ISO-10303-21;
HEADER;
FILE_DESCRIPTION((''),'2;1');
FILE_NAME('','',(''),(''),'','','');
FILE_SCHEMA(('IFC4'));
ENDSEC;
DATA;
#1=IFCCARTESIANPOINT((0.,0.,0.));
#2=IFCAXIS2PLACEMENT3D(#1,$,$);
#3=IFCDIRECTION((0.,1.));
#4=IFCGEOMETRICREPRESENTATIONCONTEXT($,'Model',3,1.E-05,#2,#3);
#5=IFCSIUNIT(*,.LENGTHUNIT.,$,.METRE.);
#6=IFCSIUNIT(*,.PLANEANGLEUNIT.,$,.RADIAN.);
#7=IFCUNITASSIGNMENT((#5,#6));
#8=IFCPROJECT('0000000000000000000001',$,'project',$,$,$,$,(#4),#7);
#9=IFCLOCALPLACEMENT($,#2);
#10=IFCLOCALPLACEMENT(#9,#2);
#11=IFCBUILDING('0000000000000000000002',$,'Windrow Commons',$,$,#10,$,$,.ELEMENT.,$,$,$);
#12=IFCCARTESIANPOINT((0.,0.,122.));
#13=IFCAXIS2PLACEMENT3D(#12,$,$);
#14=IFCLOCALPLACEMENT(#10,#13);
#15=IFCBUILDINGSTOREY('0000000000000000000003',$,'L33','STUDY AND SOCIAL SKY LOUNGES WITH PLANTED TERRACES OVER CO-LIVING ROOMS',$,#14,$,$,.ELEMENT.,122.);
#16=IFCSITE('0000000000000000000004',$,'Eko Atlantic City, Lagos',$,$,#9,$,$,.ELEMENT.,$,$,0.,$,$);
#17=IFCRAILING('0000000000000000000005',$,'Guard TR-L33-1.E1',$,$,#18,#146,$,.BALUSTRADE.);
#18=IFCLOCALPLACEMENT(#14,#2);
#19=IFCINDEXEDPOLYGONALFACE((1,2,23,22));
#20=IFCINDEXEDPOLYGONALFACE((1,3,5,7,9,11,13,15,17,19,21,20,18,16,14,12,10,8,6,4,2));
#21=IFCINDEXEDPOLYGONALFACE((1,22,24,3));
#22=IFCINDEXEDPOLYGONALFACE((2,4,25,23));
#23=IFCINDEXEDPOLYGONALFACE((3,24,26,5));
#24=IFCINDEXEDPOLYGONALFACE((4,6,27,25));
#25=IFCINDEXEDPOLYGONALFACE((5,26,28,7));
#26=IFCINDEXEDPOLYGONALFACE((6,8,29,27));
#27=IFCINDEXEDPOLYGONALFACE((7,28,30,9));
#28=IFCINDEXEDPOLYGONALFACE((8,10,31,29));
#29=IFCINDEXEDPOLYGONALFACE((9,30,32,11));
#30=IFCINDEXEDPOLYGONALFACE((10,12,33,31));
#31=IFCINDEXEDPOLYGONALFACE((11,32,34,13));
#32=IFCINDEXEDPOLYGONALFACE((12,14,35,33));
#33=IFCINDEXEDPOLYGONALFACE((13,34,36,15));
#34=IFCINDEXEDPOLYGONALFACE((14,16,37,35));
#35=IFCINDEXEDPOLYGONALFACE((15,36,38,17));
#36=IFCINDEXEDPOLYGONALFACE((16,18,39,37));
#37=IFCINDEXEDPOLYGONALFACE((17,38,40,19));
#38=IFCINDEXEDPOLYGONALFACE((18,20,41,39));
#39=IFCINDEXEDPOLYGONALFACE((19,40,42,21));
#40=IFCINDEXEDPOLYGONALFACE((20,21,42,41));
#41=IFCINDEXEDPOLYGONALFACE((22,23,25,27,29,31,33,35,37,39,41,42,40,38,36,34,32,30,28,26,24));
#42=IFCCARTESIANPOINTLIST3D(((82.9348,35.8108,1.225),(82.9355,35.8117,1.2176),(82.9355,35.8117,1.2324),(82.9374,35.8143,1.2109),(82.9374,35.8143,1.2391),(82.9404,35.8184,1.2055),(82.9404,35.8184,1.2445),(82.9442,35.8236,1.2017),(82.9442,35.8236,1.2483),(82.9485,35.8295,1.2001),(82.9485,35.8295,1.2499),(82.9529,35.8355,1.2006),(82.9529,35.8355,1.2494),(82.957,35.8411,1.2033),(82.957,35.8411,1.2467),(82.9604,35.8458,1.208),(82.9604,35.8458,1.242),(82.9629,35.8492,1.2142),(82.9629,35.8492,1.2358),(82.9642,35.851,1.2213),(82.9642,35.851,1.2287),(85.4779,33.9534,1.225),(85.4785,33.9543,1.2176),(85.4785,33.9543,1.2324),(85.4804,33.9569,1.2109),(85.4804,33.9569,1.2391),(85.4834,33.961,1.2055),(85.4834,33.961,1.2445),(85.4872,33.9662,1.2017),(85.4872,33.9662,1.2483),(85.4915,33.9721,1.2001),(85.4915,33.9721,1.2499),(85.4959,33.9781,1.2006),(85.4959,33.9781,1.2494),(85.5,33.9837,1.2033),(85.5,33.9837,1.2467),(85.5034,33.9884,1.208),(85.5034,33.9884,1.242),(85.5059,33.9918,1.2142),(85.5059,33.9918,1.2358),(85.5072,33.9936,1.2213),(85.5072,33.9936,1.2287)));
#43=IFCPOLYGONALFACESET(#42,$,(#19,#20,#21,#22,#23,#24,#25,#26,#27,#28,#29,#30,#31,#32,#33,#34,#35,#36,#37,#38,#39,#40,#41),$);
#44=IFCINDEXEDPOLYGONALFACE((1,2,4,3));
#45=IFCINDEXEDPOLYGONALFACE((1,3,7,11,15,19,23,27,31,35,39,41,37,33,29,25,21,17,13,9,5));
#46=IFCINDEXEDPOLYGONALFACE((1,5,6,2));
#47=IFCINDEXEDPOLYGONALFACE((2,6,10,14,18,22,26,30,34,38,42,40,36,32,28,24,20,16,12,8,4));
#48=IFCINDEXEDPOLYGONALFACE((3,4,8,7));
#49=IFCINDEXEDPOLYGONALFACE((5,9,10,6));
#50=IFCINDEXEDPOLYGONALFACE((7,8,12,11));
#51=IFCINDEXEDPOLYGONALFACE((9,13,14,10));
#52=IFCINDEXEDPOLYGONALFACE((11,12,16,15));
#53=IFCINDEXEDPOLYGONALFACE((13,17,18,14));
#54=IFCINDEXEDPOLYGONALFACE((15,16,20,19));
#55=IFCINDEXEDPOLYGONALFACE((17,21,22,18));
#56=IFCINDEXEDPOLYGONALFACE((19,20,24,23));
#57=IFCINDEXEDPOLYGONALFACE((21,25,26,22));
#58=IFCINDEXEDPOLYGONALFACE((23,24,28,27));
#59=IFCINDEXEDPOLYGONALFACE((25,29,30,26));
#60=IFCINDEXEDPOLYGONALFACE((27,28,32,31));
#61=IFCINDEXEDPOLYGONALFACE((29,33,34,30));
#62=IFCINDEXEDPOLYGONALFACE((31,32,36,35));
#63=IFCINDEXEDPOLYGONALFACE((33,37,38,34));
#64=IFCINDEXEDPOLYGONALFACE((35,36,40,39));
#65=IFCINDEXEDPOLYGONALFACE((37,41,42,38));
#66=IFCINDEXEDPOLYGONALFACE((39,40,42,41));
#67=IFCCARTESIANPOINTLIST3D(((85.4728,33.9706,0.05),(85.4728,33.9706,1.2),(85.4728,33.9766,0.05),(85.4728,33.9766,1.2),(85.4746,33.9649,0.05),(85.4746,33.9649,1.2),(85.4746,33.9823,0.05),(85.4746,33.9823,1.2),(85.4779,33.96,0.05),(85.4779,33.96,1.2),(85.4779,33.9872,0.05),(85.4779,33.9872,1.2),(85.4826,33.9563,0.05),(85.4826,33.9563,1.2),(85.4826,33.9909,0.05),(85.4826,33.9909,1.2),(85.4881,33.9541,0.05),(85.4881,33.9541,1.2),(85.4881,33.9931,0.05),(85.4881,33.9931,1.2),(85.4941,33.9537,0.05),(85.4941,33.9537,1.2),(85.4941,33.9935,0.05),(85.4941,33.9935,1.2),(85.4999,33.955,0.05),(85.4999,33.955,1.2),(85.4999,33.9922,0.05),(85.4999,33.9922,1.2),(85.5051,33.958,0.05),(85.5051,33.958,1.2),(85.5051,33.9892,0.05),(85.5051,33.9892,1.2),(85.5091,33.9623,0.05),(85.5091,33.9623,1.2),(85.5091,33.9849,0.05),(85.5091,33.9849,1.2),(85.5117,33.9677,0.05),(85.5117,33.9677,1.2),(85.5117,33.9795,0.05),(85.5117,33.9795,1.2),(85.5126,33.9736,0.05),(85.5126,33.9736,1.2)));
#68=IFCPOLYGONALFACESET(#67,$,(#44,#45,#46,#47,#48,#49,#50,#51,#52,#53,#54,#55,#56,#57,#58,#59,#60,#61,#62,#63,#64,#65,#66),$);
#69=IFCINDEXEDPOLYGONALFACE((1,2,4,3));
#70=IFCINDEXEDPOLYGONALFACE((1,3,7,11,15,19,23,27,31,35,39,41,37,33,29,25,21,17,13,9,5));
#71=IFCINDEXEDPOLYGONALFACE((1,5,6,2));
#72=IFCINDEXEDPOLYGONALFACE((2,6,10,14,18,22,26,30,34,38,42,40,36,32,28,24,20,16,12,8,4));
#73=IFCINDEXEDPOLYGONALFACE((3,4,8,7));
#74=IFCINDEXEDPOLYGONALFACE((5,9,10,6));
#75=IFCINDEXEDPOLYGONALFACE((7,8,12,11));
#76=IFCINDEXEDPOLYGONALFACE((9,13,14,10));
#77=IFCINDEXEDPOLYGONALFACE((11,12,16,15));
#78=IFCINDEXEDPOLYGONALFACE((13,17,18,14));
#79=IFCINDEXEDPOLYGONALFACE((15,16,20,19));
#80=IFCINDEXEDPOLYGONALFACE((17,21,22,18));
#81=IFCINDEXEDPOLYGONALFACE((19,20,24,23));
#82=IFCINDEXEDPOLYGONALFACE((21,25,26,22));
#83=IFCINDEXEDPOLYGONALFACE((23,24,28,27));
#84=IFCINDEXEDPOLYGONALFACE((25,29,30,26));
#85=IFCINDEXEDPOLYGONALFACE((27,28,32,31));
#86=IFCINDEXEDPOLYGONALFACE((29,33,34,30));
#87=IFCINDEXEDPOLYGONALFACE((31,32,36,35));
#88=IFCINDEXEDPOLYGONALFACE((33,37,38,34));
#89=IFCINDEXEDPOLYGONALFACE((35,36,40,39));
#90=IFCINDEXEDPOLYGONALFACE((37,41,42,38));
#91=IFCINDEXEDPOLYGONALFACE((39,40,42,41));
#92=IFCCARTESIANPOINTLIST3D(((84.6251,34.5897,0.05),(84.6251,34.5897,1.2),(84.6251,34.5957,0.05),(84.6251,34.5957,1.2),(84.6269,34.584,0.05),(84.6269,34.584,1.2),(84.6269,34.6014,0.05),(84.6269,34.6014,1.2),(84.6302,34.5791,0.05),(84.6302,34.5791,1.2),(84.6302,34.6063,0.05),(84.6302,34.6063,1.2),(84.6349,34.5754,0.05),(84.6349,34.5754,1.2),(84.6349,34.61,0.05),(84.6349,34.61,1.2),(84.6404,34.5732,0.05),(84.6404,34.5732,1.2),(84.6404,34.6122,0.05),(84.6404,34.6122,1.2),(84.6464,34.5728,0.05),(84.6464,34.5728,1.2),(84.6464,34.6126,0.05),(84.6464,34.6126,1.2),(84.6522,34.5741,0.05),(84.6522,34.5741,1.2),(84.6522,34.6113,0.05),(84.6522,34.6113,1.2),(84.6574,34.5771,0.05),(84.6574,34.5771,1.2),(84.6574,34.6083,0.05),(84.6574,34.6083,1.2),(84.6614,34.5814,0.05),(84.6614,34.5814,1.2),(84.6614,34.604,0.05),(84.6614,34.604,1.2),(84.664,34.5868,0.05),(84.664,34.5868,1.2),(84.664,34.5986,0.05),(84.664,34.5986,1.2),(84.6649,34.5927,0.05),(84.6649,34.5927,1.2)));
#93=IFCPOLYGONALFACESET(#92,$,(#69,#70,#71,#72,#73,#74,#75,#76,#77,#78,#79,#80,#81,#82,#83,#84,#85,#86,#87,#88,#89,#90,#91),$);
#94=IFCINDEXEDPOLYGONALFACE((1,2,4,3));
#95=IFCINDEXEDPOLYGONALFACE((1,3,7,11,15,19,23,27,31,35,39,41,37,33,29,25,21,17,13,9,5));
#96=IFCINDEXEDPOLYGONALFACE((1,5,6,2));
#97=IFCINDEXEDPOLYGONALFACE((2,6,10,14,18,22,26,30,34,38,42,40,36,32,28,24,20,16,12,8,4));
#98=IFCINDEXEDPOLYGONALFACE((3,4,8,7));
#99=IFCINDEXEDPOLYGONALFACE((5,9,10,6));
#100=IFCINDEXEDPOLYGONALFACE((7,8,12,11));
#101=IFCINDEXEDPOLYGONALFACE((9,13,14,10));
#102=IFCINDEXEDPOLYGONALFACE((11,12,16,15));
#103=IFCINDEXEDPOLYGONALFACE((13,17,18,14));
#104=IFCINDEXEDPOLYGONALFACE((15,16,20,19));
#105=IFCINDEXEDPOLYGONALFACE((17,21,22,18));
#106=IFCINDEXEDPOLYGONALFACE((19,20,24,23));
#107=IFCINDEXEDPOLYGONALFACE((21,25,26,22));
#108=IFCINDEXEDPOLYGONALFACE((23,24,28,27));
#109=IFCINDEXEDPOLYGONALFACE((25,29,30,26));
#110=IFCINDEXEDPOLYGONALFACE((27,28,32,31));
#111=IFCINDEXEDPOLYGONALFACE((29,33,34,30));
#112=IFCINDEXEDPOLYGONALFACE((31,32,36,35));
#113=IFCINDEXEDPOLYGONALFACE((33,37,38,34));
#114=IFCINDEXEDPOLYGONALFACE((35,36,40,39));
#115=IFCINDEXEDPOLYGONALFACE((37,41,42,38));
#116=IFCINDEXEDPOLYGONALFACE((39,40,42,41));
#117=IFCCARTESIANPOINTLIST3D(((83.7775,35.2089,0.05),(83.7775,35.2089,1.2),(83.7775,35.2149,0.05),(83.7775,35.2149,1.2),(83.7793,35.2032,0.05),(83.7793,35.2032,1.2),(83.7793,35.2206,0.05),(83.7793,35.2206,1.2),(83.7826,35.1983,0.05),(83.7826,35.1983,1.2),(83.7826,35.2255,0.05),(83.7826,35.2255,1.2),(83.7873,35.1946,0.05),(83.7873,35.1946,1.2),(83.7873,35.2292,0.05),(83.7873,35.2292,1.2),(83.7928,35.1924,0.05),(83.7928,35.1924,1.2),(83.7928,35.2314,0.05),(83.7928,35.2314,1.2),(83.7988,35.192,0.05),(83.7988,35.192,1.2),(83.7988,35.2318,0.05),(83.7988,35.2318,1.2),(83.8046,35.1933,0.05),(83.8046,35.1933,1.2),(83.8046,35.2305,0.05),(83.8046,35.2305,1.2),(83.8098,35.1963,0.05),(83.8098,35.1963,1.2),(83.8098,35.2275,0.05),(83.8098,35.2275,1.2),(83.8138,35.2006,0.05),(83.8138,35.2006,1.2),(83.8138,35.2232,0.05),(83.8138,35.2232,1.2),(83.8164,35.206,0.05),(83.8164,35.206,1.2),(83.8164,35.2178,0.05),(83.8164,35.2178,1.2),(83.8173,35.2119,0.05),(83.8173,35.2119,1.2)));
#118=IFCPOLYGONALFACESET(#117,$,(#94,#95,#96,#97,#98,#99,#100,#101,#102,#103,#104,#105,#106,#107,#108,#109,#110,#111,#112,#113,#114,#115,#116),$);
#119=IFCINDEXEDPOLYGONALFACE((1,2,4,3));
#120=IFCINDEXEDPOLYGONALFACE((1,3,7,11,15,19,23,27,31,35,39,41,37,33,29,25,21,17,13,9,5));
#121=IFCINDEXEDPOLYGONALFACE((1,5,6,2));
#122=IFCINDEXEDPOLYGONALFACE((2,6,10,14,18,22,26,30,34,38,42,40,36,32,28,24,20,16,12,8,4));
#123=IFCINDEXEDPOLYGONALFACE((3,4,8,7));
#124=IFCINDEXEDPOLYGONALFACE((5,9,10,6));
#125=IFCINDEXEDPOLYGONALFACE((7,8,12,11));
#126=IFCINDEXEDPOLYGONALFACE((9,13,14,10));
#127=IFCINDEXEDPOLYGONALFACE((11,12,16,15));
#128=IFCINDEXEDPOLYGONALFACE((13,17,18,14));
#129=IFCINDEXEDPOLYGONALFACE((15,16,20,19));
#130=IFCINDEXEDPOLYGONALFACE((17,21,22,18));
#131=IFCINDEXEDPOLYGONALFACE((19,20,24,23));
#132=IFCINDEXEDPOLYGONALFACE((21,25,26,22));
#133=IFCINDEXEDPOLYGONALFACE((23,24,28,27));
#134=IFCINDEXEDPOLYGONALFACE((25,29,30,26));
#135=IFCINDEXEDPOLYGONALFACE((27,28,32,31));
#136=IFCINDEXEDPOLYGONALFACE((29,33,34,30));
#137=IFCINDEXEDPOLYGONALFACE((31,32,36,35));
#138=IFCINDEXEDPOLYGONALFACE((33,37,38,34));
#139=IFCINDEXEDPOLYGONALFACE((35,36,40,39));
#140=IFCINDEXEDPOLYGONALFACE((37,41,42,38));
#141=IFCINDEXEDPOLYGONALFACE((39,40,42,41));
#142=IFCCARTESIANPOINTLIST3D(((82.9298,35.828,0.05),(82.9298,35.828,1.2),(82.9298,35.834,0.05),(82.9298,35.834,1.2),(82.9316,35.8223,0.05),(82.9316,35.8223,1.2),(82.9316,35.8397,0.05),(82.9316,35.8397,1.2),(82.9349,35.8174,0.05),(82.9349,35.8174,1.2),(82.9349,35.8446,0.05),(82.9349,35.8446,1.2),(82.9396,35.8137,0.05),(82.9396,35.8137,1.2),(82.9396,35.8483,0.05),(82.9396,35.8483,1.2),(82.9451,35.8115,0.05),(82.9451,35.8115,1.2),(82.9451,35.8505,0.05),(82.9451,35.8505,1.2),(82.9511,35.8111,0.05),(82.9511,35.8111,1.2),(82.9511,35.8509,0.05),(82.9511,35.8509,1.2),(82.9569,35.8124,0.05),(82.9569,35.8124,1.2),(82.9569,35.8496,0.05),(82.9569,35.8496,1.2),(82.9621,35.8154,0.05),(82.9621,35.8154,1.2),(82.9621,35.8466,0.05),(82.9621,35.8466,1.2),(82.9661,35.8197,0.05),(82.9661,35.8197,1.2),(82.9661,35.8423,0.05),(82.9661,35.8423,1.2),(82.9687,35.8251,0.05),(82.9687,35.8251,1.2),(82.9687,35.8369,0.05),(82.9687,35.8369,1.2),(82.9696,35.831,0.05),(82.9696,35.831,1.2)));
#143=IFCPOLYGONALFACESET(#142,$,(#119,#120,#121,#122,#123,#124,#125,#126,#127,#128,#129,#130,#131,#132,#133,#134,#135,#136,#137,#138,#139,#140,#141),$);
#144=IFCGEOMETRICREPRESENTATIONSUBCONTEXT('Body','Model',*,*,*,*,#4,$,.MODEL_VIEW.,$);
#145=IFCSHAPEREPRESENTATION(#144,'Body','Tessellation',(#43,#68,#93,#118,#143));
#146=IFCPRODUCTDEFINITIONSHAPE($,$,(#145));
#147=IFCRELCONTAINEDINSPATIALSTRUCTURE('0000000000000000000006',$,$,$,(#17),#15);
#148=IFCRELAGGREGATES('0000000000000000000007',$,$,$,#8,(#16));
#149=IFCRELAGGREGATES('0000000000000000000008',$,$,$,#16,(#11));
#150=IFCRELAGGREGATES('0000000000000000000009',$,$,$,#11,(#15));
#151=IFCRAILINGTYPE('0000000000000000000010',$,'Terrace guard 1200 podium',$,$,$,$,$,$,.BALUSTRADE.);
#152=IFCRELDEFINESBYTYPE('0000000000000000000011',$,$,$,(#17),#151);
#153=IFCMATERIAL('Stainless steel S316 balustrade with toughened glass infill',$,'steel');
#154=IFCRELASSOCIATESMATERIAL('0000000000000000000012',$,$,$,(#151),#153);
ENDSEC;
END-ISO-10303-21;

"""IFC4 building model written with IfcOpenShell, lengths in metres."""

from ifc_helpers import new_model, si_unit, direction, frame, origin, origin_2d, place, context, subcontext, project, spatial, circle, extrude, material, type_object, element, save


model = new_model("IFC4")

# Units and contexts
model_context = context("Model", 3, precision=1e-05, world=origin(), true_north=direction((0.0, 1.0)))
body_context = subcontext(model_context, "Body", "Model", "MODEL_VIEW")
ifc_project = project(units=[si_unit("LENGTHUNIT", "METRE"), si_unit("PLANEANGLEUNIT", "RADIAN")], contexts=[model_context])

# Site, building, storey
site_placement = place(None, origin())
site = spatial("IfcSite", under=ifc_project, at=site_placement, Name="Eko Atlantic City, Lagos", CompositionType="ELEMENT", RefElevation=0.0)
building_placement = place(site_placement, origin())
building = spatial("IfcBuilding", under=site, at=building_placement, Name="Windrow Commons", CompositionType="ELEMENT")
storey_placement = place(building_placement, frame((0.0, 0.0, 122.0)))
storey = spatial("IfcBuildingStorey", under=building, at=storey_placement, Name="L33", Description="STUDY AND SOCIAL SKY LOUNGES WITH PLANTED TERRACES OVER CO-LIVING ROOMS", CompositionType="ELEMENT", Elevation=122.0)

# Railing
ifc_material_1 = material(Name="Stainless steel S316 balustrade with toughened glass infill", Category="steel")
railing_type = type_object("IfcRailingType", Name="Terrace guard 1200 podium", PredefinedType="BALUSTRADE", material=ifc_material_1)
railing_1_placement = place(storey_placement, frame((85.4926, 33.9736, 0.05)))
element("IfcRailing", 1, at=railing_1_placement, inside=storey, type_object=railing_type, Name="Guard TR-L33-1.E1", PredefinedType="BALUSTRADE", context=body_context, shape_type="SweptSolid", body=[
    extrude(circle(Radius=0.025, at=origin_2d()), frame((0.0, 0.0, 1.175), z_axis=(-0.807534, 0.589821, 0.0), x_axis=(-0.589821, -0.807534, 0.0)), (0.0, 0.0, 1.0), 3.1491),
    extrude(circle(Radius=0.02, at=origin_2d()), origin(), (0.0, 0.0, 1.0), 1.15),
    extrude(circle(Radius=0.02, at=origin_2d()), frame((-0.8477, 0.6191, 0.0)), (0.0, 0.0, 1.0), 1.15),
    extrude(circle(Radius=0.02, at=origin_2d()), frame((-1.6953, 1.2383, 0.0)), (0.0, 0.0, 1.0), 1.15),
    extrude(circle(Radius=0.02, at=origin_2d()), frame((-2.543, 1.8574, 0.0)), (0.0, 0.0, 1.0), 1.15),
])

save(model, "model.ifc")
